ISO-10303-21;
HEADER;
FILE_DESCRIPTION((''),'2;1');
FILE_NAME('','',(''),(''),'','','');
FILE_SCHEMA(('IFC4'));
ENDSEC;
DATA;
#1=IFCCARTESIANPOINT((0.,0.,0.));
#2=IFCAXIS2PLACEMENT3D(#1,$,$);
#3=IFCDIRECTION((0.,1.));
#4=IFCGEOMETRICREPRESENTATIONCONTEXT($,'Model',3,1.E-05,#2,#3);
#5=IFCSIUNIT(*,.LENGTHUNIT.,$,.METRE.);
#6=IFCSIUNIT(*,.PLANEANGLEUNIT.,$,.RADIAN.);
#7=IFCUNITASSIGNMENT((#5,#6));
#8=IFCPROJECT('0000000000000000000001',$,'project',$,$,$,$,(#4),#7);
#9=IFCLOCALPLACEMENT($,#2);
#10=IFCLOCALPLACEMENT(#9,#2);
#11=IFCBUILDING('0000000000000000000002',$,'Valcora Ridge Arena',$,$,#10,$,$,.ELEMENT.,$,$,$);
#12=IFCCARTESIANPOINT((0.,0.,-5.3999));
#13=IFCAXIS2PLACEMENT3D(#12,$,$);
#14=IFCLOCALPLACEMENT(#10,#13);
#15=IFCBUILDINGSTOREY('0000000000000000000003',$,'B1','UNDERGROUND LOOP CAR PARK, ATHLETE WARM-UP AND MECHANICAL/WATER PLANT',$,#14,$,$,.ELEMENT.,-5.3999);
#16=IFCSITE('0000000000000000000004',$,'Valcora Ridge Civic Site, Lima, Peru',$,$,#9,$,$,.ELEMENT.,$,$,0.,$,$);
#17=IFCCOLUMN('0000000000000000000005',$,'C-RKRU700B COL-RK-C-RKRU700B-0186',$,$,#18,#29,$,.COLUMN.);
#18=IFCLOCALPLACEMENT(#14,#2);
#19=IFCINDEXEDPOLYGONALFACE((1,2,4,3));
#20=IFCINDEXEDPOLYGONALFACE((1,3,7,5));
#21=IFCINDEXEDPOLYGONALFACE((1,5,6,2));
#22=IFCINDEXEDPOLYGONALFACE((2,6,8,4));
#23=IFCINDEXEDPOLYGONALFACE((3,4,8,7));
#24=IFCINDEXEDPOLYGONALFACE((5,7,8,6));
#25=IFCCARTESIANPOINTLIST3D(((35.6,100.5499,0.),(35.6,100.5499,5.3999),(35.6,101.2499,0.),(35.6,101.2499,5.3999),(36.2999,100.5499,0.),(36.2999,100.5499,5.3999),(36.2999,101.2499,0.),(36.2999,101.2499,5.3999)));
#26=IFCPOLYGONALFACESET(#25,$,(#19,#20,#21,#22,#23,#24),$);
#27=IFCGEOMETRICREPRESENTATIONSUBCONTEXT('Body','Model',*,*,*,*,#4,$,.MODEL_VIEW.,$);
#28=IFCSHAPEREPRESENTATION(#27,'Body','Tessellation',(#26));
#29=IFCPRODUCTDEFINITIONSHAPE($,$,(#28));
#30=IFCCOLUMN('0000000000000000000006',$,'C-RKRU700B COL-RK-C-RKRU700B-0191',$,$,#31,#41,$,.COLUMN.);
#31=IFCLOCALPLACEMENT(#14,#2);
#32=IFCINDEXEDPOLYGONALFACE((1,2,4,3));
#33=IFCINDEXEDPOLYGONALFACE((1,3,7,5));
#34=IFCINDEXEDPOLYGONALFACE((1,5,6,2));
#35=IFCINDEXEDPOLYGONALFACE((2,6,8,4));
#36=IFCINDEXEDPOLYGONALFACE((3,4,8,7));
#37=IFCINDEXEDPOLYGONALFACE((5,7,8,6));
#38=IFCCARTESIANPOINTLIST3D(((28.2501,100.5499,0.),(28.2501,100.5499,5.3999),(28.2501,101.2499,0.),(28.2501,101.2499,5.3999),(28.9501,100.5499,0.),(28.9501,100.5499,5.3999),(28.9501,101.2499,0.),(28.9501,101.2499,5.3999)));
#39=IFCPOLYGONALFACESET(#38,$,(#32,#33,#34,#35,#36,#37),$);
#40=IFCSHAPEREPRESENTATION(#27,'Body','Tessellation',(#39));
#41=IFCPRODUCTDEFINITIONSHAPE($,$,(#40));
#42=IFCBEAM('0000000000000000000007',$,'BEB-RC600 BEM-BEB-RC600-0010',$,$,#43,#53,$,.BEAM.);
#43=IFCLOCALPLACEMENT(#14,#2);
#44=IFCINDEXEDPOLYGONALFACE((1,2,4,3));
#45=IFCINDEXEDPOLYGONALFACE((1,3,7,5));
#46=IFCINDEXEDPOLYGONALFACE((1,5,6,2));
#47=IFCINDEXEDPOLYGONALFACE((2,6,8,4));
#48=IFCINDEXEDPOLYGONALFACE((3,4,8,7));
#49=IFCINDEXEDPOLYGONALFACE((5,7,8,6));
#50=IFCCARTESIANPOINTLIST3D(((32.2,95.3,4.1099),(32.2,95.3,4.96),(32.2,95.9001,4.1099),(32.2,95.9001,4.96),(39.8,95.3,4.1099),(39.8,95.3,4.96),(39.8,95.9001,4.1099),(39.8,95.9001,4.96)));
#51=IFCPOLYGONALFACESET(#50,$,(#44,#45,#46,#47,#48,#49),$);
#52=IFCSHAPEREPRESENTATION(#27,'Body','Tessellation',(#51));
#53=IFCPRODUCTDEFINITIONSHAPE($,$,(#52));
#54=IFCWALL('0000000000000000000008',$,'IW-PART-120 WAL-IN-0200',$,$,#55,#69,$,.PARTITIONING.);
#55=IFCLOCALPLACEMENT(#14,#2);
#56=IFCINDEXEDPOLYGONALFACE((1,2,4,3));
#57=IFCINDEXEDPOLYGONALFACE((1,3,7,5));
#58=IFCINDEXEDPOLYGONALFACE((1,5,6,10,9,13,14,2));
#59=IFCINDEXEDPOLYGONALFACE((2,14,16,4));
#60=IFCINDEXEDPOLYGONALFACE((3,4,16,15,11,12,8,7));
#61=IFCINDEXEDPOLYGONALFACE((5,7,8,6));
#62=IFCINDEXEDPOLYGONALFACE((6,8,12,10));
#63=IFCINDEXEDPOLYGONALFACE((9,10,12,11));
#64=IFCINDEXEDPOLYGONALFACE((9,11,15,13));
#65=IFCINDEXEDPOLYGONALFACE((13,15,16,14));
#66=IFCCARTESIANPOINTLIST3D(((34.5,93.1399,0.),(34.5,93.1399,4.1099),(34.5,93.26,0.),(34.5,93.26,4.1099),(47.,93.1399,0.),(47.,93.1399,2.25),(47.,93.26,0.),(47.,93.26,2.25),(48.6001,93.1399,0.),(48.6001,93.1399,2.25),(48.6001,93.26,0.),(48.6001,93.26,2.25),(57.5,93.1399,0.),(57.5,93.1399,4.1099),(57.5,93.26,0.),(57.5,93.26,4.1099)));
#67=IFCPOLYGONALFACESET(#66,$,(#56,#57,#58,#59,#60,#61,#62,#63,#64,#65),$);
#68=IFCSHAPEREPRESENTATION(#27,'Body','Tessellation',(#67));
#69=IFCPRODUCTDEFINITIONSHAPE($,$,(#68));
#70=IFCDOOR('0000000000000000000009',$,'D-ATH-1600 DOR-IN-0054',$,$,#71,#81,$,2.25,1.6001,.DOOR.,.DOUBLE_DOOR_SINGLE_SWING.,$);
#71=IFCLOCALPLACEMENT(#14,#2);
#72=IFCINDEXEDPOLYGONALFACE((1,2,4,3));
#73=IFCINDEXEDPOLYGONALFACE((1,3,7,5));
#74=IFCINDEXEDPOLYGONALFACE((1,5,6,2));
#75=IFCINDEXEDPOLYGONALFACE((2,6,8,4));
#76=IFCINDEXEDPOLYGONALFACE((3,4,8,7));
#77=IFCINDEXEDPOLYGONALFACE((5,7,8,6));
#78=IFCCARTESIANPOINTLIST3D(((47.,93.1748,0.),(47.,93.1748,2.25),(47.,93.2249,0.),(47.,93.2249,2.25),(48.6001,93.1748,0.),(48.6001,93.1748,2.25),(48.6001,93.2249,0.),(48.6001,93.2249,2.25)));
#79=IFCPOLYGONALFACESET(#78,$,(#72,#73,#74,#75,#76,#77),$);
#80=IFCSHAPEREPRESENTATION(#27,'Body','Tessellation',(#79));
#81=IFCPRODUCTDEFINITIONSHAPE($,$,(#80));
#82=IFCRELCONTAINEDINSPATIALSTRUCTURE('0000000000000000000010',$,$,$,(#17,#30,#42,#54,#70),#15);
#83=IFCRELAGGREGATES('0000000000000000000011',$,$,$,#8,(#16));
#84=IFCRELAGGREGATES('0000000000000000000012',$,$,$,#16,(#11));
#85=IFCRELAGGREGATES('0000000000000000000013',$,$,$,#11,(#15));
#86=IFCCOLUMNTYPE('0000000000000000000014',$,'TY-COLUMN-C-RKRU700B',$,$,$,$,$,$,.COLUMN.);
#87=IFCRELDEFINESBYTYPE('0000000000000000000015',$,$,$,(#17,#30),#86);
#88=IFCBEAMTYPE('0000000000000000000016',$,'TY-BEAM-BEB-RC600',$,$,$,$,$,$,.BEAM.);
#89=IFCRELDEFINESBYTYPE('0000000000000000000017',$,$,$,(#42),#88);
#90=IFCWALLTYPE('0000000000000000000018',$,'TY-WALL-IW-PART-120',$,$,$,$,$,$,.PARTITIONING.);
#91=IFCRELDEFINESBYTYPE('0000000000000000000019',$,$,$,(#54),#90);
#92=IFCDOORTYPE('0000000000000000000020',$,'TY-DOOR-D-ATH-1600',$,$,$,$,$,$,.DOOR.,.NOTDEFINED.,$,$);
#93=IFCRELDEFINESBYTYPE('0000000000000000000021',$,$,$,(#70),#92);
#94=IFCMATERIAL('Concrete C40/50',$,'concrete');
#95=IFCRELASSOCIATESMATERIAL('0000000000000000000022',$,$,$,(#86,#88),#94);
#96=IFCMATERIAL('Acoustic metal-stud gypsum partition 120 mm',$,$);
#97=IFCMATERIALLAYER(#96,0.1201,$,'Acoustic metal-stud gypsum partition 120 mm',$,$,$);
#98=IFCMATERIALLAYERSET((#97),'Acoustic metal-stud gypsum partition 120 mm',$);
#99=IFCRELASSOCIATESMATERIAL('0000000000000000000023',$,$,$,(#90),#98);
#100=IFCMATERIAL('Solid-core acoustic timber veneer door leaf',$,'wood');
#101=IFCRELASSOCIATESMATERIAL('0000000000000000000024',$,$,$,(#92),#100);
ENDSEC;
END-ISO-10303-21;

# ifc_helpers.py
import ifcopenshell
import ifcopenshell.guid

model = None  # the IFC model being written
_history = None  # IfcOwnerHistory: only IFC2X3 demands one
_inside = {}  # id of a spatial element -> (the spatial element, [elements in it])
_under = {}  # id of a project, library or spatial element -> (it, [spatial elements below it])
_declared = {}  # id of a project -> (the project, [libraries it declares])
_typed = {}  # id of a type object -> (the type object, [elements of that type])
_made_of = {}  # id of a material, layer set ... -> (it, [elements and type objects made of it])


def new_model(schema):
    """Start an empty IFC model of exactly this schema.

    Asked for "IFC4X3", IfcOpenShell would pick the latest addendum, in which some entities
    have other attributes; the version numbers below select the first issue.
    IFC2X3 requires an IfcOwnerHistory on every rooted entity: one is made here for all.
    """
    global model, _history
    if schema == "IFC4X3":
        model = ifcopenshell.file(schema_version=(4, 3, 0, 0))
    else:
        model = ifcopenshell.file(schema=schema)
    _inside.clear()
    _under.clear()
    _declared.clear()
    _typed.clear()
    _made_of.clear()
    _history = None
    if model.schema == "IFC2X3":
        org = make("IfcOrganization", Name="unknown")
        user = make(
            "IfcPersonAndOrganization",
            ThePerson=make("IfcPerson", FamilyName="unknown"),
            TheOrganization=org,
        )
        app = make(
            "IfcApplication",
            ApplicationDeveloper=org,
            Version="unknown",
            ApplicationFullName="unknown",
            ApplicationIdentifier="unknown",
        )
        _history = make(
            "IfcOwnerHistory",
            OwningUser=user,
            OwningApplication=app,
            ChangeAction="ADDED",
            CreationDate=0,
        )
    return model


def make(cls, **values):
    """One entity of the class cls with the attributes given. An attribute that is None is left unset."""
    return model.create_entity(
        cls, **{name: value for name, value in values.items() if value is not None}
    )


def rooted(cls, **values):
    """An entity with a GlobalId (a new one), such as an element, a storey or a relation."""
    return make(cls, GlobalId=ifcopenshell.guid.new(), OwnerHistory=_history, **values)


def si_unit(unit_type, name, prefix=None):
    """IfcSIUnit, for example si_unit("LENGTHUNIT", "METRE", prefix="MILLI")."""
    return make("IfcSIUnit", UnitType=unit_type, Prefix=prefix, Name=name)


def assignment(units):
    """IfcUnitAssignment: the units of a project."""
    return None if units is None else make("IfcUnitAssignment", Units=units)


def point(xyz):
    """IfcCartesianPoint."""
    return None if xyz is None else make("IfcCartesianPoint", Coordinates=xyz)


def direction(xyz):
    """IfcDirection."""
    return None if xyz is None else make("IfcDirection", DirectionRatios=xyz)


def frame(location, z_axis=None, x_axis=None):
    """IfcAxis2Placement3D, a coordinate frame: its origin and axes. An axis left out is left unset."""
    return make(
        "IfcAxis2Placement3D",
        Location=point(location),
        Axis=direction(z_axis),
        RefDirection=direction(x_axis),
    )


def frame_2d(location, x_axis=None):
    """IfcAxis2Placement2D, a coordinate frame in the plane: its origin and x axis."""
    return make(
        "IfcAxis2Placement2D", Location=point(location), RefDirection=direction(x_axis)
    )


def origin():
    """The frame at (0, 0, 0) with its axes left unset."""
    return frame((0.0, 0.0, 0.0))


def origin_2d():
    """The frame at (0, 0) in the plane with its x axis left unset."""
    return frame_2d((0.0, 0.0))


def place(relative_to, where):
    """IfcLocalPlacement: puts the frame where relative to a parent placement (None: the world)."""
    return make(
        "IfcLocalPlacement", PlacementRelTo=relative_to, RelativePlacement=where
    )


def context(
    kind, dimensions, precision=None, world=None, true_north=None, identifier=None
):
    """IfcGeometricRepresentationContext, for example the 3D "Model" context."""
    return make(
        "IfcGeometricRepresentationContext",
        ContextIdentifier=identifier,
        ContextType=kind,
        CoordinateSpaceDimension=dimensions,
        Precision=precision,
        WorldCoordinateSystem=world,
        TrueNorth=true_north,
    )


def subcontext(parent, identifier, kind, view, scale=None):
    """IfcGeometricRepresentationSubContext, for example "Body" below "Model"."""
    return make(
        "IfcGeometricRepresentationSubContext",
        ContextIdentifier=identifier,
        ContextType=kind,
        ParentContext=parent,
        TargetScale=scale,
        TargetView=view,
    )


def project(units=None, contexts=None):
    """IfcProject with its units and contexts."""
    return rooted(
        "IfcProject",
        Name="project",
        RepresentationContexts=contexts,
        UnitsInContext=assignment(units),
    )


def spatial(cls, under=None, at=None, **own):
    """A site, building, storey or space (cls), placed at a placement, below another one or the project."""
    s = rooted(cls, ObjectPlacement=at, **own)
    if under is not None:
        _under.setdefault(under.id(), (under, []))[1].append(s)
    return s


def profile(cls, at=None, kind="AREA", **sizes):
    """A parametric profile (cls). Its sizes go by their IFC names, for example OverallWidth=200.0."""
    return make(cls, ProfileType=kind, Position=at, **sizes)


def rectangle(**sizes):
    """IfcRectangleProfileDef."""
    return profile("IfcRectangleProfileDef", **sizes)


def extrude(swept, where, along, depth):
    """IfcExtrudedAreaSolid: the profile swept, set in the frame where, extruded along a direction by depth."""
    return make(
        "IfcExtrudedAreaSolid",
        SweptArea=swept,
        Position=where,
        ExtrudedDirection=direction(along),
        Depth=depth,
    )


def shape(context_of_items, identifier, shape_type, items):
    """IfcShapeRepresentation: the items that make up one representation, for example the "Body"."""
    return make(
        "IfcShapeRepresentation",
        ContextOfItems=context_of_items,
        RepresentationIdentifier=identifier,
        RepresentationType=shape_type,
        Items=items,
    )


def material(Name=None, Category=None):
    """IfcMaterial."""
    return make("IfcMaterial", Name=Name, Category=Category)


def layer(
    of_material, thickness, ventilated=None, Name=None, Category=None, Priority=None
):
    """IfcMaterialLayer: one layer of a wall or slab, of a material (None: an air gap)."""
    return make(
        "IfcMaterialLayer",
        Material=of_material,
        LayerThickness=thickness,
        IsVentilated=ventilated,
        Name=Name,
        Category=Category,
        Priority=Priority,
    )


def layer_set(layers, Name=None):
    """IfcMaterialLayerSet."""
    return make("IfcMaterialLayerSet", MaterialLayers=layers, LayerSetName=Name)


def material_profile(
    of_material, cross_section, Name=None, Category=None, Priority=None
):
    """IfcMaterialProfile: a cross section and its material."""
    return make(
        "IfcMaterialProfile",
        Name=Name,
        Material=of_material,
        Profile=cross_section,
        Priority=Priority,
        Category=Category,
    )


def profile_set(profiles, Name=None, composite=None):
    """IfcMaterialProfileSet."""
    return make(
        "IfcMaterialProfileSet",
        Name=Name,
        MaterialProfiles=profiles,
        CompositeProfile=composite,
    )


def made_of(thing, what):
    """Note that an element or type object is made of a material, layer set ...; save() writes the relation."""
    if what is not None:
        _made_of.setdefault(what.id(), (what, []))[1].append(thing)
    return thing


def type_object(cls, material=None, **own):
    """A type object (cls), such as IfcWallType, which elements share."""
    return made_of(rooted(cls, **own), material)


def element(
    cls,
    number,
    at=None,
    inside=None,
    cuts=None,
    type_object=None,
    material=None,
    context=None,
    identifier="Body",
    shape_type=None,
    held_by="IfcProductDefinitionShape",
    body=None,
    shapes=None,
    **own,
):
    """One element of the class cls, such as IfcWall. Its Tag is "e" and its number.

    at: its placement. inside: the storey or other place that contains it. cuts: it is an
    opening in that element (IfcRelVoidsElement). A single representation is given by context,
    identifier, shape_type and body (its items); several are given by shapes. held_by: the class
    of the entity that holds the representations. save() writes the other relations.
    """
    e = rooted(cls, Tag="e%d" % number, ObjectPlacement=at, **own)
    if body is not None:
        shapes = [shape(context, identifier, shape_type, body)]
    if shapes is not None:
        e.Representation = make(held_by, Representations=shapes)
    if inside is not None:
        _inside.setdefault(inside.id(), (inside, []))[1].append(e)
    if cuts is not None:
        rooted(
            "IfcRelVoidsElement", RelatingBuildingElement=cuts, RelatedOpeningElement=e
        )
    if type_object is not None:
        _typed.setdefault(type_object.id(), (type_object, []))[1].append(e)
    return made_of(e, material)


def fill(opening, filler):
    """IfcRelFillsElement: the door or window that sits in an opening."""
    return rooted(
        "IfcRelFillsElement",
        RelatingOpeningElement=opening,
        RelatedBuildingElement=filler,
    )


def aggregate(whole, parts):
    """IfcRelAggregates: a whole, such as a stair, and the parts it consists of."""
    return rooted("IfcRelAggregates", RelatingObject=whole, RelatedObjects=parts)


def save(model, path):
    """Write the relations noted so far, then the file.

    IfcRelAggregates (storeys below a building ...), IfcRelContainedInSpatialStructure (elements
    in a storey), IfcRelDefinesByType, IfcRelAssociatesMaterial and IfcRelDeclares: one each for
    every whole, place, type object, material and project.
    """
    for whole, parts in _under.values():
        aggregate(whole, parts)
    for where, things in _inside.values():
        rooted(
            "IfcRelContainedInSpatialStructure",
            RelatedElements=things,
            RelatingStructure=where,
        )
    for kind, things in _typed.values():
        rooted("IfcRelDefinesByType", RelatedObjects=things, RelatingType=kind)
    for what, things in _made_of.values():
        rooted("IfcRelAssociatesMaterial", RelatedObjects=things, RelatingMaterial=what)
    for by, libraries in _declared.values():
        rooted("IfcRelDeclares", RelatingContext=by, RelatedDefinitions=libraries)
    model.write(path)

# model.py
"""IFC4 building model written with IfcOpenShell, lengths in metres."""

from ifc_helpers import new_model, si_unit, direction, frame, frame_2d, origin, origin_2d, place, context, subcontext, project, spatial, rectangle, extrude, material, layer, layer_set, material_profile, profile_set, type_object, element, fill, save


model = new_model("IFC4")

# Units and contexts
model_context = context("Model", 3, precision=1e-05, world=origin(), true_north=direction((0.0, 1.0)))
body_context = subcontext(model_context, "Body", "Model", "MODEL_VIEW")
ifc_project = project(units=[si_unit("LENGTHUNIT", "METRE"), si_unit("PLANEANGLEUNIT", "RADIAN")], contexts=[model_context])

# Site, building, storey
site_placement = place(None, origin())
site = spatial("IfcSite", under=ifc_project, at=site_placement, Name="Valcora Ridge Civic Site, Lima, Peru", CompositionType="ELEMENT", RefElevation=0.0)
building_placement = place(site_placement, origin())
building = spatial("IfcBuilding", under=site, at=building_placement, Name="Valcora Ridge Arena", CompositionType="ELEMENT")
storey_placement = place(building_placement, frame((0.0, 0.0, -5.3999)))
storey = spatial("IfcBuildingStorey", under=building, at=storey_placement, Name="B1", Description="UNDERGROUND LOOP CAR PARK, ATHLETE WARM-UP AND MECHANICAL/WATER PLANT", CompositionType="ELEMENT", Elevation=-5.3999)

# Shared definitions
ifc_material_1 = material(Name="Concrete C40/50", Category="concrete")

# Columns
ifc_material_profile_1 = material_profile(ifc_material_1, rectangle(XDim=0.7, YDim=0.7, at=origin_2d()), Name="RC 700x700")
ifc_profile_set_1 = profile_set([ifc_material_profile_1], Name="Concrete C40/50")
column_type_1 = type_object("IfcColumnType", Name="TY-COLUMN-C-RKRU700B", PredefinedType="COLUMN", material=ifc_profile_set_1)
for number, where, z_axis, x_axis, name in (
    (1, (35.95, 100.8999, 0.0), (0.0, 0.0, 1.0), (1.0, 0.0, 0.0), "C-RKRU700B COL-RK-C-RKRU700B-0186"),
    (2, (28.6001, 100.8999, 0.0), (0.0, 0.0, 1.0), (1.0, 0.0, 0.0), "C-RKRU700B COL-RK-C-RKRU700B-0191"),
):
    element("IfcColumn", number, at=place(storey_placement, frame(where, z_axis=z_axis, x_axis=x_axis)), inside=storey, type_object=column_type_1, Name=name, PredefinedType="COLUMN", context=body_context, shape_type="SweptSolid", body=[
        extrude(rectangle(XDim=0.7, YDim=0.7, at=origin_2d()), origin(), (0.0, 0.0, 1.0), 5.3999),
    ])

# Beam
ifc_material_profile_2 = material_profile(ifc_material_1, rectangle(XDim=0.6001, YDim=0.8501, at=origin_2d()), Name="RC 600x850")
ifc_profile_set_2 = profile_set([ifc_material_profile_2], Name="Concrete C40/50")
beam_type = type_object("IfcBeamType", Name="TY-BEAM-BEB-RC600", PredefinedType="BEAM", material=ifc_profile_set_2)
beam_placement = place(storey_placement, frame((32.2, 95.6001, 4.5349), z_axis=(1.0, 0.0, 0.0), x_axis=(0.0, 1.0, 0.0)))
element("IfcBeam", 3, at=beam_placement, inside=storey, type_object=beam_type, Name="BEB-RC600 BEM-BEB-RC600-0010", PredefinedType="BEAM", context=body_context, shape_type="SweptSolid", body=[
    extrude(rectangle(XDim=0.6001, YDim=0.8501, at=origin_2d()), origin(), (0.0, 0.0, 1.0), 7.6001),
])

# Wall, opening, door
ifc_material_2 = material(Name="Acoustic metal-stud gypsum partition 120 mm")
ifc_layer_1 = layer(ifc_material_2, 0.1201, Name="Acoustic metal-stud gypsum partition 120 mm")
ifc_layer_set_1 = layer_set([ifc_layer_1], Name="Acoustic metal-stud gypsum partition 120 mm")
wall_type = type_object("IfcWallType", Name="TY-WALL-IW-PART-120", PredefinedType="PARTITIONING", material=ifc_layer_set_1)
wall_placement = place(storey_placement, frame((34.5, 93.2, 0.0), z_axis=(0.0, 0.0, 1.0), x_axis=(1.0, 0.0, 0.0)))
wall = element("IfcWall", 4, at=wall_placement, inside=storey, type_object=wall_type, Name="IW-PART-120 WAL-IN-0200", PredefinedType="PARTITIONING", context=body_context, shape_type="SweptSolid", body=[
    extrude(rectangle(XDim=23.0, YDim=0.1201, at=frame_2d((11.5, 0.0))), origin(), (0.0, 0.0, 1.0), 4.1099),
])
opening_placement = place(wall_placement, frame((12.5, 0.0, 0.0)))
opening = element("IfcOpeningElement", 5, at=opening_placement, cuts=wall, PredefinedType="OPENING", context=body_context, shape_type="SweptSolid", body=[
    extrude(rectangle(XDim=1.6001, YDim=2.25, at=frame_2d((0.8, 1.125))), frame((0.0, 0.0701, 0.0), z_axis=(0.0, -1.0, 0.0), x_axis=(1.0, 0.0, 0.0)), (0.0, 0.0, 1.0), 0.1401),
])
ifc_material_3 = material(Name="Solid-core acoustic timber veneer door leaf", Category="wood")
door_type = type_object("IfcDoorType", Name="TY-DOOR-D-ATH-1600", OperationType="NOTDEFINED", PredefinedType="DOOR", material=ifc_material_3)
door_placement = place(opening_placement, origin())
door = element("IfcDoor", 6, at=door_placement, inside=storey, type_object=door_type, Name="D-ATH-1600 DOR-IN-0054", OperationType="DOUBLE_DOOR_SINGLE_SWING", OverallHeight=2.25, OverallWidth=1.6001, PredefinedType="DOOR", context=body_context, shape_type="SweptSolid", body=[
    extrude(rectangle(XDim=1.6001, YDim=2.25, at=frame_2d((0.8, 1.125))), frame((0.0, 0.0249, 0.0), z_axis=(0.0, -1.0, 0.0), x_axis=(1.0, 0.0, 0.0)), (0.0, 0.0, 1.0), 0.05),
])
fill(opening, door)

save(model, "model.ifc")
